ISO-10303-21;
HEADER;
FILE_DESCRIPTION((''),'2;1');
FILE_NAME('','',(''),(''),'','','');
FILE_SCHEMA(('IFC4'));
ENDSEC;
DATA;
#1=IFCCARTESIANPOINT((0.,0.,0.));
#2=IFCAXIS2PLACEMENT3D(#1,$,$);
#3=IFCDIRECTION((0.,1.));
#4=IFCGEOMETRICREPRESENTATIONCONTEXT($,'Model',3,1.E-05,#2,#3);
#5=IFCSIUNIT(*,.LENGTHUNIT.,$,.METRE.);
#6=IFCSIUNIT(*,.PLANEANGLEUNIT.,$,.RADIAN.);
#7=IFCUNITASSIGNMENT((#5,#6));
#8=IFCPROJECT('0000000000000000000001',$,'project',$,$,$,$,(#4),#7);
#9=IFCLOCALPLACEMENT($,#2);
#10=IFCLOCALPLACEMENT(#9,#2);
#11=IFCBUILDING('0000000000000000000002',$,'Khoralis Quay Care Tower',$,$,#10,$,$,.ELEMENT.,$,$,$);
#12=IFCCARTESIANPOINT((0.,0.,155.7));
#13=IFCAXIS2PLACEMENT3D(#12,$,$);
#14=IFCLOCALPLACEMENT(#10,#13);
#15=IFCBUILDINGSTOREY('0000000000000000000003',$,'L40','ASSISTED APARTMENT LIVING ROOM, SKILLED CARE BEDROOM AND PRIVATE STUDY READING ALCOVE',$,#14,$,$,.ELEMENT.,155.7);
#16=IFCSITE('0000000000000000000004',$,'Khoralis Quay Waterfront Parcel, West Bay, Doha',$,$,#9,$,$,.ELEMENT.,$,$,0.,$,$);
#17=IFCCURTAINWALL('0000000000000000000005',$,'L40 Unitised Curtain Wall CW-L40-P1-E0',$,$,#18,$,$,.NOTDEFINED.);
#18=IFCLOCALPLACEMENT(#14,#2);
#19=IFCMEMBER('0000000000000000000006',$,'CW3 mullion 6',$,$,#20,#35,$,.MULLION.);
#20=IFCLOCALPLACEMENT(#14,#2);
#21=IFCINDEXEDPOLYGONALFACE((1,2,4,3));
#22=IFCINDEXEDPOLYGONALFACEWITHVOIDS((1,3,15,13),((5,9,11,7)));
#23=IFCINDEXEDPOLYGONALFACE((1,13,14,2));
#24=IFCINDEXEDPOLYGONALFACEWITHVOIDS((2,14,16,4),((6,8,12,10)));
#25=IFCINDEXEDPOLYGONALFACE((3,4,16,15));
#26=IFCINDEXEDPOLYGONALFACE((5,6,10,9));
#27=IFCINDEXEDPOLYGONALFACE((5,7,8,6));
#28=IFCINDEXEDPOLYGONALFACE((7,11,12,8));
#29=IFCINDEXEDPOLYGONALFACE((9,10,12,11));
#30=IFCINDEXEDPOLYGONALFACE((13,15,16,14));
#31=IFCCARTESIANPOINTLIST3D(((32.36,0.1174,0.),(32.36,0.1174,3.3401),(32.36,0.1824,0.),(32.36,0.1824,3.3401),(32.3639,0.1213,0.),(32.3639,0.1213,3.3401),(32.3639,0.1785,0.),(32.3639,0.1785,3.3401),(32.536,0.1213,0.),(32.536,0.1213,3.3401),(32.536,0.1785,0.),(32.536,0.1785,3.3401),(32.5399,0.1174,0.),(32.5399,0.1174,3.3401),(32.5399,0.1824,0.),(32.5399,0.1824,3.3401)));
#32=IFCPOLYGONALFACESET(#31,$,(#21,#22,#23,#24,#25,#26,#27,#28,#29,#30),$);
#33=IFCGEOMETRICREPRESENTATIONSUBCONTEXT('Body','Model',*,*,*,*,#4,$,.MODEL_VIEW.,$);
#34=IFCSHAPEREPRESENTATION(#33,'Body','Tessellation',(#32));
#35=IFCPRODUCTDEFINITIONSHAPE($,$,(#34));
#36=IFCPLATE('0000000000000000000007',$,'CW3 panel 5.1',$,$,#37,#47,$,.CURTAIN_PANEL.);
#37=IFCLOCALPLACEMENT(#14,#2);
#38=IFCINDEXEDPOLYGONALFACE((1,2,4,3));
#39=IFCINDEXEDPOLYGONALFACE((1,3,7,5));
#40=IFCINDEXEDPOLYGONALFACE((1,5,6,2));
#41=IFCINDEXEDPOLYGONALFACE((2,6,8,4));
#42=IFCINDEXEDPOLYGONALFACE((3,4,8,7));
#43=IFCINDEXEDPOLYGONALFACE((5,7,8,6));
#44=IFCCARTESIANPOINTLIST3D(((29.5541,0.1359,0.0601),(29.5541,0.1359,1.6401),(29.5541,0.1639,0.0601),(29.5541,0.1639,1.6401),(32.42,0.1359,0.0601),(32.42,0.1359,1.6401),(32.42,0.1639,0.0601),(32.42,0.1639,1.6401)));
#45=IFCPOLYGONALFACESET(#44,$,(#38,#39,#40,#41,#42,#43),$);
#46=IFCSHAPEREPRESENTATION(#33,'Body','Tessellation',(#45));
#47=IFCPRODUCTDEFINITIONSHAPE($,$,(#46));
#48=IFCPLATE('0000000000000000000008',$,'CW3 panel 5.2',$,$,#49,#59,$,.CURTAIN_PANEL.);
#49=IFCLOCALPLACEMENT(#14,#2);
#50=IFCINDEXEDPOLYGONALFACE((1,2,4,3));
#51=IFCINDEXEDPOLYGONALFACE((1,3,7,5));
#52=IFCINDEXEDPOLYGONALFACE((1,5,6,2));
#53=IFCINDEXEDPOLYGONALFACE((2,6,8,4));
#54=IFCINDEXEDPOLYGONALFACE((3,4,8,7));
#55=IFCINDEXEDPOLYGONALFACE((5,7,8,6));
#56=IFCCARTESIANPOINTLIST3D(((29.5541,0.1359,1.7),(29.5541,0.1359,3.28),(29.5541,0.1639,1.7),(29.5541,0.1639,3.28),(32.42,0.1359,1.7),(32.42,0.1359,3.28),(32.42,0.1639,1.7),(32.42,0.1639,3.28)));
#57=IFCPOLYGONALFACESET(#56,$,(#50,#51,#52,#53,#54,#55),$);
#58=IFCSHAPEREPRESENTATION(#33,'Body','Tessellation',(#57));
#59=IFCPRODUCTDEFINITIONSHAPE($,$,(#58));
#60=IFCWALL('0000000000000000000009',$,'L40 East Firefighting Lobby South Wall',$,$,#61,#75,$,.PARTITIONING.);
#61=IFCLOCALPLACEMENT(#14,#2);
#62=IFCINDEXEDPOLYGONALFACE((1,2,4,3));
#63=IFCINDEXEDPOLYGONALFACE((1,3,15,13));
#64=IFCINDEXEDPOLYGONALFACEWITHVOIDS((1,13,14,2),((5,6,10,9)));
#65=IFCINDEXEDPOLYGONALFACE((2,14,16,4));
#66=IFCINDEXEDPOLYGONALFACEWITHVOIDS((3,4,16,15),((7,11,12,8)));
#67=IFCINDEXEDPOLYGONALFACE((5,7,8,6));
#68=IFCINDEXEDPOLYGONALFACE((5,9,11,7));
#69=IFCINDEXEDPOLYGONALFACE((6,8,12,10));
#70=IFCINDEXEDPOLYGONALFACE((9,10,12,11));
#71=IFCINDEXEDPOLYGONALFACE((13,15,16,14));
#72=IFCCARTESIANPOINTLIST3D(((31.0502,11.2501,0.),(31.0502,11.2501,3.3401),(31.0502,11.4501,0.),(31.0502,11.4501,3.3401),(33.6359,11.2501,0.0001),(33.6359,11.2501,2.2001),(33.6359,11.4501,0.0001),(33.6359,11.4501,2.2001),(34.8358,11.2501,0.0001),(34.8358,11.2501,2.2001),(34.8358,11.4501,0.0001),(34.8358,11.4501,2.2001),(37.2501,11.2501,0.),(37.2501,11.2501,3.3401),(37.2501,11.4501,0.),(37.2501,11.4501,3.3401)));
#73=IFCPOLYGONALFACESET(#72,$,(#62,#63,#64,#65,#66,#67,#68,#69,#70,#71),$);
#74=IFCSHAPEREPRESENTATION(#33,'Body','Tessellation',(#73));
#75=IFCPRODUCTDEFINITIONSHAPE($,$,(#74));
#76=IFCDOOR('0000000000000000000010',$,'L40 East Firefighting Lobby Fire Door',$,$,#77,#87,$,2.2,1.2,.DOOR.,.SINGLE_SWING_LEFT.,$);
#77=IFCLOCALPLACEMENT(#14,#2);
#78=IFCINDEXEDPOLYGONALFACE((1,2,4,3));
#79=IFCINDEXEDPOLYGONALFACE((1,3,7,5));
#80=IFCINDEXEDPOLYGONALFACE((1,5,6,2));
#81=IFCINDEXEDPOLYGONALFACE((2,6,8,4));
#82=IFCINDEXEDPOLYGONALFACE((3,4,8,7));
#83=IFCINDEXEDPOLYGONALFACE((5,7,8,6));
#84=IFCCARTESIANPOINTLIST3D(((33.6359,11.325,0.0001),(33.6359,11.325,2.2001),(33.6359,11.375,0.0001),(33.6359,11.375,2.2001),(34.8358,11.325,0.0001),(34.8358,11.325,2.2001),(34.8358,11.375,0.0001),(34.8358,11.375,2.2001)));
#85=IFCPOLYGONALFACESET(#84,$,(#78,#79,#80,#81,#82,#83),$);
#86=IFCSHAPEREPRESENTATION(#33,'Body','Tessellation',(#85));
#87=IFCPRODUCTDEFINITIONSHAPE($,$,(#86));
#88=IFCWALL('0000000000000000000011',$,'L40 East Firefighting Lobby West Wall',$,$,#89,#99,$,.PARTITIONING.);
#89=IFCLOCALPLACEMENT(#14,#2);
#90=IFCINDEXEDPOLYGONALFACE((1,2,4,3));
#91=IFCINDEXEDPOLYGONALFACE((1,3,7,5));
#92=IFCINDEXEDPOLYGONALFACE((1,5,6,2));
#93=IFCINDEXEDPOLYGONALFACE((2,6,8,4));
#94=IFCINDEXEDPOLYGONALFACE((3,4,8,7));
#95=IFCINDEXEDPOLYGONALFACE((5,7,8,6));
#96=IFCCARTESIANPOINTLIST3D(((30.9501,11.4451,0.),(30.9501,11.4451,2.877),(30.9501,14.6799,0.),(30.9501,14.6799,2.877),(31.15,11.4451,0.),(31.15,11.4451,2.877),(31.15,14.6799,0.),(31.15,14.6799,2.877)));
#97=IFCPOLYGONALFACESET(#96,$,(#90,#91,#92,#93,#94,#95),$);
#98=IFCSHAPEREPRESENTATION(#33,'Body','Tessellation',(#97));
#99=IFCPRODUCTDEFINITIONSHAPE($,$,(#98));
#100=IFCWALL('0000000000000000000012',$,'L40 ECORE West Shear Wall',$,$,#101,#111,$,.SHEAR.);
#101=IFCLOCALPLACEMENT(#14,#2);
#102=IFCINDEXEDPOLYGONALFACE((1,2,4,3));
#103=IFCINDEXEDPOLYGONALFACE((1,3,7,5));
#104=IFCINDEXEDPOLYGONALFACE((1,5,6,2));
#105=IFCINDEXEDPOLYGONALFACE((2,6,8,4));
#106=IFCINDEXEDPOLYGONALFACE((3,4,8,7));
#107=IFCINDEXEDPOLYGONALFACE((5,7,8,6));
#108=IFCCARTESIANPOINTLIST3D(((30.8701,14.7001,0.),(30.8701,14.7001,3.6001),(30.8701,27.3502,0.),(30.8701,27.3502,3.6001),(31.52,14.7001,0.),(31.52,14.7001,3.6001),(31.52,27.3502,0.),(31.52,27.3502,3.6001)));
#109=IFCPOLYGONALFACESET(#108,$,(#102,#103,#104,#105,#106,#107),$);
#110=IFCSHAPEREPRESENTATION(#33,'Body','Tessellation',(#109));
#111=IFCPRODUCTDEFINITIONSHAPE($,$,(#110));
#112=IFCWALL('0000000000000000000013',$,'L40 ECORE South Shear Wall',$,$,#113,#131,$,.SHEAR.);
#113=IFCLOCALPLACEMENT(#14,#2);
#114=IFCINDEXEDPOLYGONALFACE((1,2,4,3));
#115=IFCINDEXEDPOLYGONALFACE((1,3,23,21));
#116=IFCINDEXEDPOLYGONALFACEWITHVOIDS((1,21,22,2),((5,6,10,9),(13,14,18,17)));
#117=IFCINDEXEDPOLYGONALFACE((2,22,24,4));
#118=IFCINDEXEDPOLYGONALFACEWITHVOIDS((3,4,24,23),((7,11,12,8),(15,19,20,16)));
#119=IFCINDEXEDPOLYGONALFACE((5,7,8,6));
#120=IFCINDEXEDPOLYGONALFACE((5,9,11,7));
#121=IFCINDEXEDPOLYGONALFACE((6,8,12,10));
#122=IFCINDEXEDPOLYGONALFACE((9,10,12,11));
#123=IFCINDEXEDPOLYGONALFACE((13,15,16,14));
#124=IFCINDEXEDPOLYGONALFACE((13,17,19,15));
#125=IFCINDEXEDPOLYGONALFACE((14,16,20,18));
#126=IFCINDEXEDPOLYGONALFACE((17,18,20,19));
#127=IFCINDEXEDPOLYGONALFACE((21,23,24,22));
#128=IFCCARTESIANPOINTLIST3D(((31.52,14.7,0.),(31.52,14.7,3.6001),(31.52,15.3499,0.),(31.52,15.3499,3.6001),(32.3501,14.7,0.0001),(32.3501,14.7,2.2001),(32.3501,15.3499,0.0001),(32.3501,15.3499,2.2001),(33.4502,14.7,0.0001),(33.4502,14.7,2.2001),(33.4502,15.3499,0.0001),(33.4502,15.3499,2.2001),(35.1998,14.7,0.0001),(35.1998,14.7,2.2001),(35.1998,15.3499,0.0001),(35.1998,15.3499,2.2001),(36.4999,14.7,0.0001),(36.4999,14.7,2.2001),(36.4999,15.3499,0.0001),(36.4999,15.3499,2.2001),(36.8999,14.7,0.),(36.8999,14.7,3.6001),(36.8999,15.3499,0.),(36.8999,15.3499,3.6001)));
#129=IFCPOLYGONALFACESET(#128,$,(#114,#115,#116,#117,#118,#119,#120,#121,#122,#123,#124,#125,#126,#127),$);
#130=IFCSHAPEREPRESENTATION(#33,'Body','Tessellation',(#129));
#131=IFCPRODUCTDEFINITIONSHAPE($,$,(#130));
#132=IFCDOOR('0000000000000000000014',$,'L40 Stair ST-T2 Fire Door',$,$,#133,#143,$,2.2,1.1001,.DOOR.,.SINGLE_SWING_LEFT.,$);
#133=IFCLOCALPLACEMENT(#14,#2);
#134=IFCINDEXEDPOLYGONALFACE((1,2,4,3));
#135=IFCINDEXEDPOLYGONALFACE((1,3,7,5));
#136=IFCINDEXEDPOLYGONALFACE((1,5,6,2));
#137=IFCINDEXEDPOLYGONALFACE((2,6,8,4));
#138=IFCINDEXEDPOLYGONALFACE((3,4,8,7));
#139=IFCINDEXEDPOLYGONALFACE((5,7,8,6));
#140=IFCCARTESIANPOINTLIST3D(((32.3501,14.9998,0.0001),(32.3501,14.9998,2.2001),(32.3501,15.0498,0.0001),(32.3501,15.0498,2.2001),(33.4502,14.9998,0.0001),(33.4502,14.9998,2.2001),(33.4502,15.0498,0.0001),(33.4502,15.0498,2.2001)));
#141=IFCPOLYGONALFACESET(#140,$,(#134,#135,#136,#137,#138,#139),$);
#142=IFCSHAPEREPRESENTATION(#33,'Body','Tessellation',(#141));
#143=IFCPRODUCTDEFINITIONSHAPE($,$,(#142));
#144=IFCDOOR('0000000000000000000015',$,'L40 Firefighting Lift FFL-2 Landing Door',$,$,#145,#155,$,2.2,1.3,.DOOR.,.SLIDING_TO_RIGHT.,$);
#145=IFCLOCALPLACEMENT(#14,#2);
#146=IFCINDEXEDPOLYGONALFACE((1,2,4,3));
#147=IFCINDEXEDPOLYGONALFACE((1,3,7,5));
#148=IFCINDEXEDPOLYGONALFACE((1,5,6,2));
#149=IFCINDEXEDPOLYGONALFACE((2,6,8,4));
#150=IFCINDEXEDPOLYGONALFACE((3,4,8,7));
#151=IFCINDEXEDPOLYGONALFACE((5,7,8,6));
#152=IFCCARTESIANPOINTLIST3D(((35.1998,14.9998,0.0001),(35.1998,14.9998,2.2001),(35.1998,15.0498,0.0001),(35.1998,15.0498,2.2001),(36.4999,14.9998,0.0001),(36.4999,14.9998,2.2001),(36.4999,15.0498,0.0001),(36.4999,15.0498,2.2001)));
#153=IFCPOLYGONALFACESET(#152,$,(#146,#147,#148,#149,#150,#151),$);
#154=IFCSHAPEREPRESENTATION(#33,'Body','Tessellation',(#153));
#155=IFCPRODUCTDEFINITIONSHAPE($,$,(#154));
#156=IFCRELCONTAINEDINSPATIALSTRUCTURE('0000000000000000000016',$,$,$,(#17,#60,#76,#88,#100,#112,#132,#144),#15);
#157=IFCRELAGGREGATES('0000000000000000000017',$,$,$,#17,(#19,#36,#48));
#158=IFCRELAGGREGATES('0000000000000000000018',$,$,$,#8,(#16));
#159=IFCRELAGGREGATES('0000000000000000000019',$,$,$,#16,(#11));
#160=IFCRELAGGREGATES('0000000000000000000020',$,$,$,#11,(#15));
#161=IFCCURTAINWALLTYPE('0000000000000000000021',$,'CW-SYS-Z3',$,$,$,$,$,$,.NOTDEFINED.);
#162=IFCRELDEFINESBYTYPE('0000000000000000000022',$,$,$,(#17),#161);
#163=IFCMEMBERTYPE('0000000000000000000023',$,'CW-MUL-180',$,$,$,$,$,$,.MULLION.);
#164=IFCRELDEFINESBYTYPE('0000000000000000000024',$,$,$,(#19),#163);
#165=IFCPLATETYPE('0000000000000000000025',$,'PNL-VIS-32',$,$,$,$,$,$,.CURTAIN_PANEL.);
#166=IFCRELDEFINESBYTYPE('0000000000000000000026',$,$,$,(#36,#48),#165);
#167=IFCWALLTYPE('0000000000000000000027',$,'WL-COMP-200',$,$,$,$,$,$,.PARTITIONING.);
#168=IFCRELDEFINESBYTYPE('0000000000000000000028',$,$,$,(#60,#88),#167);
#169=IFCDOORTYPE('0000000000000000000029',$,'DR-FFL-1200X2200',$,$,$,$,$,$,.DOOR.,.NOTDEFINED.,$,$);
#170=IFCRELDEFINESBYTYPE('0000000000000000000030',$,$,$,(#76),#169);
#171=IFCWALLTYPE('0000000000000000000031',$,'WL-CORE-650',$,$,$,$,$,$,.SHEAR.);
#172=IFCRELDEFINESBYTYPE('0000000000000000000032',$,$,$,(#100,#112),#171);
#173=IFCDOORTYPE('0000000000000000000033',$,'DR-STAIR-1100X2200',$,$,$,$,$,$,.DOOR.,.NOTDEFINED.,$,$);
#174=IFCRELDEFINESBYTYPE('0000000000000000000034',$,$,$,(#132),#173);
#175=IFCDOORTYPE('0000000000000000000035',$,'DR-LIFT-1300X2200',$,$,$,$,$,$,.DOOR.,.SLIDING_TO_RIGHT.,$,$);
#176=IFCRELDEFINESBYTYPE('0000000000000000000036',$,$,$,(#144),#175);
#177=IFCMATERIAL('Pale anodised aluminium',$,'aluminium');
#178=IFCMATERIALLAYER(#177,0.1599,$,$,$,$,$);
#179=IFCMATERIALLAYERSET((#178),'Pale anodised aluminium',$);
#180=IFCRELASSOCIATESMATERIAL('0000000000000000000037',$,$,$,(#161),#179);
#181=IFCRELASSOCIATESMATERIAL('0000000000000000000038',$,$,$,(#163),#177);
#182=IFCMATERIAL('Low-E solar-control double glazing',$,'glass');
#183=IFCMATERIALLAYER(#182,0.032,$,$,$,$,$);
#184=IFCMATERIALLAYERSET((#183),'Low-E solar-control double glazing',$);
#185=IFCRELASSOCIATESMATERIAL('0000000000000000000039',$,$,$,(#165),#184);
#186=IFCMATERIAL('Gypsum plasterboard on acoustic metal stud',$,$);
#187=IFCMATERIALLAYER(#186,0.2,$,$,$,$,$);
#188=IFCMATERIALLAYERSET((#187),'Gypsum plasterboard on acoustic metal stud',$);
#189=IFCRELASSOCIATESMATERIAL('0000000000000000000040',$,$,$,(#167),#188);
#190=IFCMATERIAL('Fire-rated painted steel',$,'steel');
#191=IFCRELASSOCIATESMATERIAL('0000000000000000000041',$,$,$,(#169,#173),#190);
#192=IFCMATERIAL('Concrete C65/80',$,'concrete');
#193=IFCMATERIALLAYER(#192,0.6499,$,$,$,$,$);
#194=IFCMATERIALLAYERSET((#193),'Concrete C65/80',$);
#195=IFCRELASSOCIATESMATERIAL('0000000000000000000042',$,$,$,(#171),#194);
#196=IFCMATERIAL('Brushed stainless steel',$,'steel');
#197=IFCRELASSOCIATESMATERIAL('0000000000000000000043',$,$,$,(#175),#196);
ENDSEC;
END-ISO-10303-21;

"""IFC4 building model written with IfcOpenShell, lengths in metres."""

from ifc_helpers import new_model, si_unit, direction, frame, frame_2d, origin, origin_2d, place, context, subcontext, project, spatial, rectangle, hollow_rectangle, extrude, source, transform, mapped, material, layer, layer_set, material_profile, profile_set, type_object, element, fill, aggregate, save


model = new_model("IFC4")

# Units and contexts
model_context = context("Model", 3, precision=1e-05, world=origin(), true_north=direction((0.0, 1.0)))
body_context = subcontext(model_context, "Body", "Model", "MODEL_VIEW")
ifc_project = project(units=[si_unit("LENGTHUNIT", "METRE"), si_unit("PLANEANGLEUNIT", "RADIAN")], contexts=[model_context])

# Site, building, storey
site_placement = place(None, origin())
site = spatial("IfcSite", under=ifc_project, at=site_placement, Name="Khoralis Quay Waterfront Parcel, West Bay, Doha", CompositionType="ELEMENT", RefElevation=0.0)
building_placement = place(site_placement, origin())
building = spatial("IfcBuilding", under=site, at=building_placement, Name="Khoralis Quay Care Tower", CompositionType="ELEMENT")
storey_placement = place(building_placement, frame((0.0, 0.0, 155.7)))
storey = spatial("IfcBuildingStorey", under=building, at=storey_placement, Name="L40", Description="ASSISTED APARTMENT LIVING ROOM, SKILLED CARE BEDROOM AND PRIVATE STUDY READING ALCOVE", CompositionType="ELEMENT", Elevation=155.7)

# Shared definitions
ifc_material_1 = material(Name="Concrete C65/80", Category="concrete")

# Curtain wall, member, plates
ifc_material_2 = material(Name="Pale anodised aluminium", Category="aluminium")
ifc_layer_1 = layer(ifc_material_2, 0.1599)
ifc_layer_set_1 = layer_set([ifc_layer_1], Name="Pale anodised aluminium")
curtain_wall_type = type_object("IfcCurtainWallType", Name="CW-SYS-Z3", PredefinedType="NOTDEFINED", material=ifc_layer_set_1)
curtain_wall_placement = place(storey_placement, origin())
curtain_wall = element("IfcCurtainWall", 1, at=curtain_wall_placement, inside=storey, type_object=curtain_wall_type, Name="L40 Unitised Curtain Wall CW-L40-P1-E0", PredefinedType="NOTDEFINED")
ifc_material_profile_1 = material_profile(ifc_material_2, hollow_rectangle(XDim=0.0649, YDim=0.1799, WallThickness=0.0039, at=origin_2d()), Name="Pale anodised aluminium")
ifc_profile_set_1 = profile_set([ifc_material_profile_1], Name="Pale anodised aluminium")
member_type = type_object("IfcMemberType", Name="CW-MUL-180", PredefinedType="MULLION", material=ifc_profile_set_1)
shared_shape_1 = source(origin(), body_context, "Body", "SweptSolid", [
    extrude(hollow_rectangle(XDim=0.0649, YDim=0.1799, WallThickness=0.0039, at=origin_2d()), origin(), (0.0, 0.0, 1.0), 3.3401),
])
member_placement = place(storey_placement, frame((32.45, 0.1499, 0.0), z_axis=(0.0, 0.0, 1.0), x_axis=(0.0, 1.0, 0.0)))
member = element("IfcMember", 2, at=member_placement, type_object=member_type, Name="CW3 mullion 6", PredefinedType="MULLION", context=body_context, shape_type="MappedRepresentation", body=[
    mapped(shared_shape_1, transform((0.0, 0.0, 0.0), scale=1.0)),
])
ifc_material_3 = material(Name="Low-E solar-control double glazing", Category="glass")
ifc_layer_2 = layer(ifc_material_3, 0.032)
ifc_layer_set_2 = layer_set([ifc_layer_2], Name="Low-E solar-control double glazing")
plate_type = type_object("IfcPlateType", Name="PNL-VIS-32", PredefinedType="CURTAIN_PANEL", material=ifc_layer_set_2)
shared_shape_2 = source(origin(), body_context, "Body", "SweptSolid", [
    extrude(rectangle(XDim=2.866, YDim=0.0281, at=origin_2d()), origin(), (0.0, 0.0, 1.0), 1.5801),
])
plate_1_placement = place(storey_placement, frame((30.9871, 0.1499, 0.0601), z_axis=(0.0, 0.0, 1.0), x_axis=(1.0, 0.0, 0.0)))
plate_1 = element("IfcPlate", 3, at=plate_1_placement, type_object=plate_type, Name="CW3 panel 5.1", PredefinedType="CURTAIN_PANEL", context=body_context, shape_type="MappedRepresentation", body=[
    mapped(shared_shape_2, transform((0.0, 0.0, 0.0), scale=1.0)),
])
plate_2_placement = place(storey_placement, frame((30.9871, 0.1499, 1.7), z_axis=(0.0, 0.0, 1.0), x_axis=(1.0, 0.0, 0.0)))
plate_2 = element("IfcPlate", 4, at=plate_2_placement, type_object=plate_type, Name="CW3 panel 5.2", PredefinedType="CURTAIN_PANEL", context=body_context, shape_type="MappedRepresentation", body=[
    mapped(shared_shape_2, transform((0.0, 0.0, 0.0), scale=1.0)),
])
aggregate(curtain_wall, [member, plate_1, plate_2])

# Wall, opening, door
ifc_material_4 = material(Name="Gypsum plasterboard on acoustic metal stud")
ifc_layer_3 = layer(ifc_material_4, 0.2)
ifc_layer_set_3 = layer_set([ifc_layer_3], Name="Gypsum plasterboard on acoustic metal stud")
wall_type_1 = type_object("IfcWallType", Name="WL-COMP-200", PredefinedType="PARTITIONING", material=ifc_layer_set_3)
wall_1_placement = place(storey_placement, frame((31.05, 11.3501, 0.0), z_axis=(0.0, 0.0, 1.0), x_axis=(1.0, 0.0, 0.0)))
wall_1 = element("IfcWall", 5, at=wall_1_placement, inside=storey, type_object=wall_type_1, Name="L40 East Firefighting Lobby South Wall", PredefinedType="PARTITIONING", context=body_context, shape_type="SweptSolid", body=[
    extrude(rectangle(XDim=6.2, YDim=0.2, at=frame_2d((3.1001, 0.0))), origin(), (0.0, 0.0, 1.0), 3.3401),
])
opening_1_placement = place(wall_1_placement, frame((2.5857, 0.0, 0.0)))
opening_1 = element("IfcOpeningElement", 6, at=opening_1_placement, cuts=wall_1, PredefinedType="OPENING", context=body_context, shape_type="SweptSolid", body=[
    extrude(rectangle(XDim=1.2, YDim=2.2, at=frame_2d((0.6001, 1.1001))), frame((0.0, 0.1099, 0.0), z_axis=(0.0, -1.0, 0.0), x_axis=(1.0, 0.0, 0.0)), (0.0, 0.0, 1.0), 0.22),
])
ifc_material_5 = material(Name="Fire-rated painted steel", Category="steel")
door_type_1 = type_object("IfcDoorType", Name="DR-FFL-1200X2200", OperationType="NOTDEFINED", PredefinedType="DOOR", material=ifc_material_5)
shared_shape_3 = source(origin(), body_context, "Body", "SweptSolid", [
    extrude(rectangle(XDim=1.2, YDim=2.2, at=frame_2d((0.6001, 1.1001))), frame((0.0, 0.0249, 0.0), z_axis=(0.0, -1.0, 0.0), x_axis=(1.0, 0.0, 0.0)), (0.0, 0.0, 1.0), 0.05),
])
door_1_placement = place(opening_1_placement, origin())
door_1 = element("IfcDoor", 7, at=door_1_placement, inside=storey, type_object=door_type_1, Name="L40 East Firefighting Lobby Fire Door", OperationType="SINGLE_SWING_LEFT", OverallHeight=2.2, OverallWidth=1.2, PredefinedType="DOOR", context=body_context, shape_type="MappedRepresentation", body=[
    mapped(shared_shape_3, transform((0.0, 0.0, 0.0), scale=1.0)),
])
fill(opening_1, door_1)

# Walls
wall_2_placement = place(storey_placement, frame((31.05, 11.4451, 0.0), z_axis=(0.0, 0.0, 1.0), x_axis=(0.0, 1.0, 0.0)))
element("IfcWall", 8, at=wall_2_placement, inside=storey, type_object=wall_type_1, Name="L40 East Firefighting Lobby West Wall", PredefinedType="PARTITIONING", context=body_context, shape_type="SweptSolid", body=[
    extrude(rectangle(XDim=3.2349, YDim=0.2, at=frame_2d((1.6174, 0.0))), origin(), (0.0, 0.0, 1.0), 2.877),
])
ifc_layer_4 = layer(ifc_material_1, 0.6499)
ifc_layer_set_4 = layer_set([ifc_layer_4], Name="Concrete C65/80")
wall_type_2 = type_object("IfcWallType", Name="WL-CORE-650", PredefinedType="SHEAR", material=ifc_layer_set_4)
wall_3_placement = place(storey_placement, frame((31.1951, 14.7, 0.0), z_axis=(0.0, 0.0, 1.0), x_axis=(0.0, 1.0, 0.0)))
element("IfcWall", 9, at=wall_3_placement, inside=storey, type_object=wall_type_2, Name="L40 ECORE West Shear Wall", PredefinedType="SHEAR", context=body_context, shape_type="SweptSolid", body=[
    extrude(rectangle(XDim=12.6501, YDim=0.6499, at=frame_2d((6.3252, 0.0))), origin(), (0.0, 0.0, 1.0), 3.6001),
])

# Wall, openings, doors
wall_4_placement = place(storey_placement, frame((31.52, 15.0249, 0.0), z_axis=(0.0, 0.0, 1.0), x_axis=(1.0, 0.0, 0.0)))
wall_4 = element("IfcWall", 10, at=wall_4_placement, inside=storey, type_object=wall_type_2, Name="L40 ECORE South Shear Wall", PredefinedType="SHEAR", context=body_context, shape_type="SweptSolid", body=[
    extrude(rectangle(XDim=5.3799, YDim=0.6499, at=frame_2d((2.6899, 0.0))), origin(), (0.0, 0.0, 1.0), 3.6001),
])
opening_2_placement = place(wall_4_placement, frame((0.8301, 0.0, 0.0)))
opening_2 = element("IfcOpeningElement", 11, at=opening_2_placement, cuts=wall_4, PredefinedType="OPENING", context=body_context, shape_type="SweptSolid", body=[
    extrude(rectangle(XDim=1.1001, YDim=2.2, at=frame_2d((0.55, 1.1001))), frame((0.0, 0.335, 0.0), z_axis=(0.0, -1.0, 0.0), x_axis=(1.0, 0.0, 0.0)), (0.0, 0.0, 1.0), 0.6699),
])
opening_3_placement = place(wall_4_placement, frame((3.6799, 0.0, 0.0)))
opening_3 = element("IfcOpeningElement", 12, at=opening_3_placement, cuts=wall_4, PredefinedType="OPENING", context=body_context, shape_type="SweptSolid", body=[
    extrude(rectangle(XDim=1.3, YDim=2.2, at=frame_2d((0.6499, 1.1001))), frame((0.0, 0.335, 0.0), z_axis=(0.0, -1.0, 0.0), x_axis=(1.0, 0.0, 0.0)), (0.0, 0.0, 1.0), 0.6699),
])
door_type_2 = type_object("IfcDoorType", Name="DR-STAIR-1100X2200", OperationType="NOTDEFINED", PredefinedType="DOOR", material=ifc_material_5)
shared_shape_4 = source(origin(), body_context, "Body", "SweptSolid", [
    extrude(rectangle(XDim=1.1001, YDim=2.2, at=frame_2d((0.55, 1.1001))), frame((0.0, 0.0249, 0.0), z_axis=(0.0, -1.0, 0.0), x_axis=(1.0, 0.0, 0.0)), (0.0, 0.0, 1.0), 0.05),
])
door_2_placement = place(opening_2_placement, origin())
door_2 = element("IfcDoor", 13, at=door_2_placement, inside=storey, type_object=door_type_2, Name="L40 Stair ST-T2 Fire Door", OperationType="SINGLE_SWING_LEFT", OverallHeight=2.2, OverallWidth=1.1001, PredefinedType="DOOR", context=body_context, shape_type="MappedRepresentation", body=[
    mapped(shared_shape_4, transform((0.0, 0.0, 0.0), scale=1.0)),
])
fill(opening_2, door_2)
ifc_material_6 = material(Name="Brushed stainless steel", Category="steel")
door_type_3 = type_object("IfcDoorType", Name="DR-LIFT-1300X2200", OperationType="SLIDING_TO_RIGHT", PredefinedType="DOOR", material=ifc_material_6)
shared_shape_5 = source(origin(), body_context, "Body", "SweptSolid", [
    extrude(rectangle(XDim=1.3, YDim=2.2, at=frame_2d((0.6499, 1.1001))), frame((0.0, 0.0249, 0.0), z_axis=(0.0, -1.0, 0.0), x_axis=(1.0, 0.0, 0.0)), (0.0, 0.0, 1.0), 0.05),
])
door_3_placement = place(opening_3_placement, origin())
door_3 = element("IfcDoor", 14, at=door_3_placement, inside=storey, type_object=door_type_3, Name="L40 Firefighting Lift FFL-2 Landing Door", OperationType="SLIDING_TO_RIGHT", OverallHeight=2.2, OverallWidth=1.3, PredefinedType="DOOR", context=body_context, shape_type="MappedRepresentation", body=[
    mapped(shared_shape_5, transform((0.0, 0.0, 0.0), scale=1.0)),
])
fill(opening_3, door_3)

save(model, "model.ifc")
